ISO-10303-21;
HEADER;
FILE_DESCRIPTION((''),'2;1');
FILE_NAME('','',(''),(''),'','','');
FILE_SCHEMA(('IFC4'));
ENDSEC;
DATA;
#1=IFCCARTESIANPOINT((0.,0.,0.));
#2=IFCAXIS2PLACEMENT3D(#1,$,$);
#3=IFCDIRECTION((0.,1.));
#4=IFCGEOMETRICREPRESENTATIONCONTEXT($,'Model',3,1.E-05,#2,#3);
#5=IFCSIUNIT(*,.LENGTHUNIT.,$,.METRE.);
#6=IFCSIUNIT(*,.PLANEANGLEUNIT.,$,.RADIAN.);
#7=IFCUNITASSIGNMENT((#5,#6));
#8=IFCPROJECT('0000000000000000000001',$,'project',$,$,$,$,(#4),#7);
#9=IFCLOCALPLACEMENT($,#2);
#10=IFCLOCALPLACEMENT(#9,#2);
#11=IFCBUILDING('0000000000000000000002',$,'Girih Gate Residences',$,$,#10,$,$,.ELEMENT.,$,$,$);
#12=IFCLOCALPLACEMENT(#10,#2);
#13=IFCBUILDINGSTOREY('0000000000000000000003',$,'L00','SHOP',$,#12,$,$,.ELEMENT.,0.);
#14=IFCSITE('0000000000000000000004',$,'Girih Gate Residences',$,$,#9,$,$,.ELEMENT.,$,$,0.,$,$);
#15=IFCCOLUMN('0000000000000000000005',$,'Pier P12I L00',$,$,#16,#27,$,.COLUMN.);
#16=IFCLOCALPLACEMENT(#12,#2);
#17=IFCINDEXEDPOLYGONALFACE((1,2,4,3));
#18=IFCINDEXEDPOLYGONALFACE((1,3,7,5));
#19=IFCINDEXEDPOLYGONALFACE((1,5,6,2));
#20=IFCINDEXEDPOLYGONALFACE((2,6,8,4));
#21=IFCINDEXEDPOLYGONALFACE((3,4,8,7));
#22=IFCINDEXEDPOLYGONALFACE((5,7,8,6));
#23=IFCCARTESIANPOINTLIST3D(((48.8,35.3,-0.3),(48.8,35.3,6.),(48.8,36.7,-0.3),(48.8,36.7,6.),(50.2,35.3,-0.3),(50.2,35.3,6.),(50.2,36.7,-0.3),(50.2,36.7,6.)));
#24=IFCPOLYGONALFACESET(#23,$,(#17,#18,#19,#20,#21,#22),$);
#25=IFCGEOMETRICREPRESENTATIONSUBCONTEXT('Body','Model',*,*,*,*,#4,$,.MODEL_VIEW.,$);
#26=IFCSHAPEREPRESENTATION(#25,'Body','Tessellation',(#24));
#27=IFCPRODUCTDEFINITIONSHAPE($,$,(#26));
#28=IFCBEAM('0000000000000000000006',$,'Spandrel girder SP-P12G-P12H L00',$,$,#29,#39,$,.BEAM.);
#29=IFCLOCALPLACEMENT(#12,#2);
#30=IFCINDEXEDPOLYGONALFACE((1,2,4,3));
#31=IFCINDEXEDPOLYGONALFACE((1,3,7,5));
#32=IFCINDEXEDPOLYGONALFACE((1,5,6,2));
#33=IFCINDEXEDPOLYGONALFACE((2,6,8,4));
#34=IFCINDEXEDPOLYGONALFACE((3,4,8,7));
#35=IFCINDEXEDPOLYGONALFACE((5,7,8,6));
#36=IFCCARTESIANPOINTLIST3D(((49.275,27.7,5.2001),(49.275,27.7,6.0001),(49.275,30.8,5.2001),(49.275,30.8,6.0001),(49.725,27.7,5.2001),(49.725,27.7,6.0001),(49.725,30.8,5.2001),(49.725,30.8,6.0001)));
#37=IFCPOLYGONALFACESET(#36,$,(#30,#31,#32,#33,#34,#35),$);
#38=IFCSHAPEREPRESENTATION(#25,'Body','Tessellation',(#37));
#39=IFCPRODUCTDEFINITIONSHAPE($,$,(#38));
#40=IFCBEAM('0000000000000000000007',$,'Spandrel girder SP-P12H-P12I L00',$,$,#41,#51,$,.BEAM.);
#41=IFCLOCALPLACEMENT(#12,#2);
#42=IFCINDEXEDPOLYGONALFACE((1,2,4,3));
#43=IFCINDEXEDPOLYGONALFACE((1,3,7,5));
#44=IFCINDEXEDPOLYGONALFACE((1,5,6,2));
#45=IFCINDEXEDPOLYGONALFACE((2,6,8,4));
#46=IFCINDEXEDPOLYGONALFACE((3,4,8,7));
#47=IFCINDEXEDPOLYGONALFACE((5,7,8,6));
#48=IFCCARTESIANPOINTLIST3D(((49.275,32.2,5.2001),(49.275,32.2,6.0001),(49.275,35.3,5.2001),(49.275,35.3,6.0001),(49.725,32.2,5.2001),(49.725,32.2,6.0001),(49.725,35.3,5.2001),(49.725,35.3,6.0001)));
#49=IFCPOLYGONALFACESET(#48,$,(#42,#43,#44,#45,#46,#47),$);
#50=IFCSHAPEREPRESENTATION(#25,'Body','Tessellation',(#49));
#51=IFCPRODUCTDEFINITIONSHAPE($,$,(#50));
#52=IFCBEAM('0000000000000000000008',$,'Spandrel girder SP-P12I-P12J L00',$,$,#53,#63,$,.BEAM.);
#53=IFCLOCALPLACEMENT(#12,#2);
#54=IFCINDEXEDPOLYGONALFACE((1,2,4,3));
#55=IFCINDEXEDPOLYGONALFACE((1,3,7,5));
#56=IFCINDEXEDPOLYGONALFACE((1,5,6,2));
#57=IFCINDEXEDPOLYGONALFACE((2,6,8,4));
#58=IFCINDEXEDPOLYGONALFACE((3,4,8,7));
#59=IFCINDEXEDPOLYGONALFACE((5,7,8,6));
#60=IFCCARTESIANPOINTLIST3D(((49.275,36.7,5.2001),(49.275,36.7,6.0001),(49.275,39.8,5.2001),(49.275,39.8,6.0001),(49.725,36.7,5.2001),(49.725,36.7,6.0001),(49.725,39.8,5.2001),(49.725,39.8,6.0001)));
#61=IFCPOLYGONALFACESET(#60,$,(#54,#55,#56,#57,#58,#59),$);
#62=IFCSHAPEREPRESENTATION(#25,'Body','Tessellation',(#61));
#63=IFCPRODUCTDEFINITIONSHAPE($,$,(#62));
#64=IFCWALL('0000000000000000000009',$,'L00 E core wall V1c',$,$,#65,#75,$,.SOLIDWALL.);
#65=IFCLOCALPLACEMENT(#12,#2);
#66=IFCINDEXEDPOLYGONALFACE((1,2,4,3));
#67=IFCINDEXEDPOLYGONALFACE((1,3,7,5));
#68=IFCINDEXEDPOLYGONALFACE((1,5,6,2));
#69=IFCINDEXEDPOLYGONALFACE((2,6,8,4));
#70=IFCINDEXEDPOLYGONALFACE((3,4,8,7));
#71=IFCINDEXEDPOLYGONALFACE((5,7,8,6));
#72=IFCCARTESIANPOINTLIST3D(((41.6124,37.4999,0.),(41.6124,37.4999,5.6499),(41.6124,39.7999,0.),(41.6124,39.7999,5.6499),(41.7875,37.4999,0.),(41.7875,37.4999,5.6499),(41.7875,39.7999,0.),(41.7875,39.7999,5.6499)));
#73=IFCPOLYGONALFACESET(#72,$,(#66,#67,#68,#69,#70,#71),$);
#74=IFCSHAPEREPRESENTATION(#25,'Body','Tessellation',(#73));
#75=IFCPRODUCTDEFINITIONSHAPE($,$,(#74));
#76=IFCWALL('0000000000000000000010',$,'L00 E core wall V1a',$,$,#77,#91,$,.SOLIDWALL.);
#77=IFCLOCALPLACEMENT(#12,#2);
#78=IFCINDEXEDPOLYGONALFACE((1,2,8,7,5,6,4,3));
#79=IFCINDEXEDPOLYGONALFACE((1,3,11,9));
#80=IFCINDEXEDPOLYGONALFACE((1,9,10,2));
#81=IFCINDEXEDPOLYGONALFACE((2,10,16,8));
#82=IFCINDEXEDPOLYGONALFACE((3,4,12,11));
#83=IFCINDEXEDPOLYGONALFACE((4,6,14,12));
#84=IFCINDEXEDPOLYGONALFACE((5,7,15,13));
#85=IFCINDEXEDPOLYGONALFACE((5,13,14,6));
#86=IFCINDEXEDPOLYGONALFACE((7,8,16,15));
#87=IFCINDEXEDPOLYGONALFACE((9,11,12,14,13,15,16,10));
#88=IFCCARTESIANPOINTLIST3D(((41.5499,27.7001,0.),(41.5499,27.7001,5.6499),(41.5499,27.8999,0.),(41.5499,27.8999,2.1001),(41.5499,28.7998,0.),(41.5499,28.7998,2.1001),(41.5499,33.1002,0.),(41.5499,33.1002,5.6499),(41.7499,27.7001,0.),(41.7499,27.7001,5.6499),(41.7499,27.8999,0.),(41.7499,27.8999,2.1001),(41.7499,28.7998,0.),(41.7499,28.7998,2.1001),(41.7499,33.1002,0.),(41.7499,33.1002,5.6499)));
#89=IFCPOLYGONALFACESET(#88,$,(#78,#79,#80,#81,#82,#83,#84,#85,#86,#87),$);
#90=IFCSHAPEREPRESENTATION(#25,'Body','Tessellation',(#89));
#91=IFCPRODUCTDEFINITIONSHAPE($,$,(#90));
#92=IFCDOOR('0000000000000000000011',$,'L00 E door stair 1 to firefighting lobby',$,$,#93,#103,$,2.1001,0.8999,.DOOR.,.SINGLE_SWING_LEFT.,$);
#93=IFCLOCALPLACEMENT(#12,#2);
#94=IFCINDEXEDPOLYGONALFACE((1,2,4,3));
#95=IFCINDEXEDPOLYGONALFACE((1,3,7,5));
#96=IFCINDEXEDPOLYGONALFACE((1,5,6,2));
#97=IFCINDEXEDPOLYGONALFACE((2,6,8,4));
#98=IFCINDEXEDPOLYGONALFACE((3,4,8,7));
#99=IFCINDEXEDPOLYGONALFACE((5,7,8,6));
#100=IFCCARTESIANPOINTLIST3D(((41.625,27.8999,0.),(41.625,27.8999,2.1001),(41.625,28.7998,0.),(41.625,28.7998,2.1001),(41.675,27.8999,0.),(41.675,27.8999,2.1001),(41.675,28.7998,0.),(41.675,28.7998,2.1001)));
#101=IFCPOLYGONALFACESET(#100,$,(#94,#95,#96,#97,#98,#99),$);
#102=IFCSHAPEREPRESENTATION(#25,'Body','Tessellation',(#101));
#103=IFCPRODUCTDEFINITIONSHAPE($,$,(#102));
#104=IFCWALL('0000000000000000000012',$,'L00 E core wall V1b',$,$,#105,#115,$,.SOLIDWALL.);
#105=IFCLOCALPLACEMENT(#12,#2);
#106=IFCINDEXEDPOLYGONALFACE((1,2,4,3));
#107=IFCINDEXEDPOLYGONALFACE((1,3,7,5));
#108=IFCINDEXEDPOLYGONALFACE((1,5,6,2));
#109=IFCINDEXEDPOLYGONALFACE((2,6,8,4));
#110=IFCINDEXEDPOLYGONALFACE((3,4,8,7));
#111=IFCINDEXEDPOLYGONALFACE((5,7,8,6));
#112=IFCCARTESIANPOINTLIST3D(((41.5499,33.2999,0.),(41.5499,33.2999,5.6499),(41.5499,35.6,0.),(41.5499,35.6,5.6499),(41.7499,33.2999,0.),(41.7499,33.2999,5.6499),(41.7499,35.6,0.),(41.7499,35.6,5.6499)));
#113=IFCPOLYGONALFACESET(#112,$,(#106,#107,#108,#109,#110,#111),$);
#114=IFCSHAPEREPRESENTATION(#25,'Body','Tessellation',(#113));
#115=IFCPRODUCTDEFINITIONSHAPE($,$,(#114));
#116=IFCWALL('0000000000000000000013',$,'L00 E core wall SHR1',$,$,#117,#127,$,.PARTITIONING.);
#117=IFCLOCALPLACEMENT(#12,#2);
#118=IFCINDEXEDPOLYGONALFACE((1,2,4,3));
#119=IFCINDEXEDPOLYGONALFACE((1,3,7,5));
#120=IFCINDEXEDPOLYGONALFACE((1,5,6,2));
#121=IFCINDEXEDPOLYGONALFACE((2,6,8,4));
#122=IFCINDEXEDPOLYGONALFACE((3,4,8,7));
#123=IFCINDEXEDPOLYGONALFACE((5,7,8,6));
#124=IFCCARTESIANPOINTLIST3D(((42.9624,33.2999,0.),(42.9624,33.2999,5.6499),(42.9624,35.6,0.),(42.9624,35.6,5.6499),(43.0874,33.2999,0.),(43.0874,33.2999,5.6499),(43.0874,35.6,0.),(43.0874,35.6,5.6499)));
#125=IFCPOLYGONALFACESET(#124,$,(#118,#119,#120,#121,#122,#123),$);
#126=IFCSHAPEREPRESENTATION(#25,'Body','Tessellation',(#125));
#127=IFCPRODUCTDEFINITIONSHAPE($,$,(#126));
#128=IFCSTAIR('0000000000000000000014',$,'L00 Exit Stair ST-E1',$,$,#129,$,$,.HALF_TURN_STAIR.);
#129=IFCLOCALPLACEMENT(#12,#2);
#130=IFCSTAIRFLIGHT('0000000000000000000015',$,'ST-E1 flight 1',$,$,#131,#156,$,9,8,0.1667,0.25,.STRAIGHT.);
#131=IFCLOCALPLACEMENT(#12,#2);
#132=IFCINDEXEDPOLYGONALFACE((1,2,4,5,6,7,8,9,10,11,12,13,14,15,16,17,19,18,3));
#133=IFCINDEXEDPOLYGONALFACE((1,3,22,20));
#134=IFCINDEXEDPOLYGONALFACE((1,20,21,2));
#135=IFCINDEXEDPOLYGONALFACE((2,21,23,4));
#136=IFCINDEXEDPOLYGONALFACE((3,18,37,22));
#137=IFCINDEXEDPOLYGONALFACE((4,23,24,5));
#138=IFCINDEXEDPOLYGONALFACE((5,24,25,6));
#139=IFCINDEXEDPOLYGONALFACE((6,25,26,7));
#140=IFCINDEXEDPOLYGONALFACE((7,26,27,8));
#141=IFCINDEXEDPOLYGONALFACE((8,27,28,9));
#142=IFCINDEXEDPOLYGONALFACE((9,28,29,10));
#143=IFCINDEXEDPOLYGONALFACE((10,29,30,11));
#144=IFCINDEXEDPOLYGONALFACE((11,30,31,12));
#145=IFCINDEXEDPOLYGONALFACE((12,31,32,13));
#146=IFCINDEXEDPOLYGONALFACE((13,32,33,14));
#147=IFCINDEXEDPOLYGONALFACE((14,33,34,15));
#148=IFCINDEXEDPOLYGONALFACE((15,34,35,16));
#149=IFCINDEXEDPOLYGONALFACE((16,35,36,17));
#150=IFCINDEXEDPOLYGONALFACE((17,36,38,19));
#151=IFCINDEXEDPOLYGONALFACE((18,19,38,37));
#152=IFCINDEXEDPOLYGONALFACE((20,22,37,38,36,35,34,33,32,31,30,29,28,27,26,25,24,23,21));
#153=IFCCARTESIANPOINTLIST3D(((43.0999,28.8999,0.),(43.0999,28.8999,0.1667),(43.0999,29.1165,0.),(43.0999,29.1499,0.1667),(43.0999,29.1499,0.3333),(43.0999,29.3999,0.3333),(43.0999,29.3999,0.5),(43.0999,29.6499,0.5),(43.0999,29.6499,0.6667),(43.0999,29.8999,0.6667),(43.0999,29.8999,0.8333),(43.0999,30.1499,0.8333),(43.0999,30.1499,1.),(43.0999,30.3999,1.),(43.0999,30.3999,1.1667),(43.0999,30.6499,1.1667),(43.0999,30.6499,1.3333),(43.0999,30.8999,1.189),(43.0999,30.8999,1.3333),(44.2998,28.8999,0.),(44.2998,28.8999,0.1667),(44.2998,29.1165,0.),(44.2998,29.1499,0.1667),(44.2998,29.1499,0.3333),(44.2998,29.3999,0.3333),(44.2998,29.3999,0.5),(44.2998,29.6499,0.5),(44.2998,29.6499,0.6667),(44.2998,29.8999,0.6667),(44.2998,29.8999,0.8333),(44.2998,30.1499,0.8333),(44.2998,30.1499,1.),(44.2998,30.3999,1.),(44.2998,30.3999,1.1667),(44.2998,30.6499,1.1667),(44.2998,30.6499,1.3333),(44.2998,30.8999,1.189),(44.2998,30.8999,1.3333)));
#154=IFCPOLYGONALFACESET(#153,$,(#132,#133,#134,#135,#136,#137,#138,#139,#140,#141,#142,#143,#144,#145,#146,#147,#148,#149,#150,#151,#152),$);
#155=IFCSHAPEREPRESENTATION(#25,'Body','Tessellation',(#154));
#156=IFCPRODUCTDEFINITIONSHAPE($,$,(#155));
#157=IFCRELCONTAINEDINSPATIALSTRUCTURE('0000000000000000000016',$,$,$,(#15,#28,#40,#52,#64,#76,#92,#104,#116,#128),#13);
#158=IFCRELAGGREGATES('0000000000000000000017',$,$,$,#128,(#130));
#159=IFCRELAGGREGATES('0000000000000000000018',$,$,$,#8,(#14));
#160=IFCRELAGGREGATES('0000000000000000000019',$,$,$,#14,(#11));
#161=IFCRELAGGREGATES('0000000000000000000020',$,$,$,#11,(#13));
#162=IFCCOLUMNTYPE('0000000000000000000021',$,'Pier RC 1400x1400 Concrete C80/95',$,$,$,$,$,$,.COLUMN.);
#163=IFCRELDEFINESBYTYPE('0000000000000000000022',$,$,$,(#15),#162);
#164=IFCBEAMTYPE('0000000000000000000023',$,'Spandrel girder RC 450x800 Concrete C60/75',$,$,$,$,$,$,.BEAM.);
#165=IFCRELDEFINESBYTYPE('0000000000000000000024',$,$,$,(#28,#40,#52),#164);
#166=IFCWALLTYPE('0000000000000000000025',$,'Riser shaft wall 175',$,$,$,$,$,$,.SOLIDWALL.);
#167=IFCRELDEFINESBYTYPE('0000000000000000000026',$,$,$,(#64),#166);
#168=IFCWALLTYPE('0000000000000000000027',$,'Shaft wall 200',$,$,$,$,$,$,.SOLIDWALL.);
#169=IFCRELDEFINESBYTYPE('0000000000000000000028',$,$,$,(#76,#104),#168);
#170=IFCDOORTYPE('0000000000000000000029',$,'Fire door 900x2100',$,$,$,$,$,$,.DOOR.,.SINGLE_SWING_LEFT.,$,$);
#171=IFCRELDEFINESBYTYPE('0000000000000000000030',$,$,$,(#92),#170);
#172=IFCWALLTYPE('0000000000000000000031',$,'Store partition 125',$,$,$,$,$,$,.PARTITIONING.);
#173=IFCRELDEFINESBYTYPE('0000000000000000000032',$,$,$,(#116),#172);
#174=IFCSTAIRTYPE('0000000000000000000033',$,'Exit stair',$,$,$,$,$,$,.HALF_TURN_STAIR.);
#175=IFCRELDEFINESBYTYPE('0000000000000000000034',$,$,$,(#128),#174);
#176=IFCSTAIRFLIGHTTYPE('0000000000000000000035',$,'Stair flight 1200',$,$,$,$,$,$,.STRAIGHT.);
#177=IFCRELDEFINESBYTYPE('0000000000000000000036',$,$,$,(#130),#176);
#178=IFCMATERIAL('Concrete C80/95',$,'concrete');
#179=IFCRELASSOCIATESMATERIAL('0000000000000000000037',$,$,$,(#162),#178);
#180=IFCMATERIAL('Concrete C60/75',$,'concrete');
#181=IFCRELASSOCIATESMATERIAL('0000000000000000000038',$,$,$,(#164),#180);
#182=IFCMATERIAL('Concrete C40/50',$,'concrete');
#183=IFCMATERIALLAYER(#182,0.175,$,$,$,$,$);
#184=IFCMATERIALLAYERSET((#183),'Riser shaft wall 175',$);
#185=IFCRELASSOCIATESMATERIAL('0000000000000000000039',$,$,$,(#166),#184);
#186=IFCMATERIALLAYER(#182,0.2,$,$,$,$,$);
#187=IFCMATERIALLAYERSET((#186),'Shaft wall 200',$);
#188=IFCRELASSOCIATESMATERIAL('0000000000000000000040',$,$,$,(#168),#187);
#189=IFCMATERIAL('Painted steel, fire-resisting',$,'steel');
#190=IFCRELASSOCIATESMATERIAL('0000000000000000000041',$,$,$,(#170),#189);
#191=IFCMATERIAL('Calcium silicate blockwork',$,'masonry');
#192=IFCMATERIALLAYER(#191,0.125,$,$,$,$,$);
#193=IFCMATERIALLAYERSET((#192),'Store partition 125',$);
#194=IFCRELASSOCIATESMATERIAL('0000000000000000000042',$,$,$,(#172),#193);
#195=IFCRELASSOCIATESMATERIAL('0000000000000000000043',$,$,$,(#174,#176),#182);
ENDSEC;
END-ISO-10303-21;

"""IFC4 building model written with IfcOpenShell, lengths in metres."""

from ifc_helpers import new_model, si_unit, direction, frame, frame_2d, origin, origin_2d, place, context, subcontext, project, spatial, polyline, rectangle, outline, extrude, material, layer, layer_set, material_profile, profile_set, type_object, element, fill, aggregate, save


model = new_model("IFC4")

# Units and contexts
model_context = context("Model", 3, precision=1e-05, world=origin(), true_north=direction((0.0, 1.0)))
body_context = subcontext(model_context, "Body", "Model", "MODEL_VIEW")
ifc_project = project(units=[si_unit("LENGTHUNIT", "METRE"), si_unit("PLANEANGLEUNIT", "RADIAN")], contexts=[model_context])

# Site, building, storey
site_placement = place(None, origin())
site = spatial("IfcSite", under=ifc_project, at=site_placement, Name="Girih Gate Residences", CompositionType="ELEMENT", RefElevation=0.0)
building_placement = place(site_placement, origin())
building = spatial("IfcBuilding", under=site, at=building_placement, Name="Girih Gate Residences", CompositionType="ELEMENT")
storey_placement = place(building_placement, origin())
storey = spatial("IfcBuildingStorey", under=building, at=storey_placement, Name="L00", Description="SHOP", CompositionType="ELEMENT", Elevation=0.0)

# Column
ifc_material_1 = material(Name="Concrete C80/95", Category="concrete")
ifc_material_profile_1 = material_profile(ifc_material_1, rectangle(XDim=1.3999, YDim=1.3999, at=origin_2d()))
ifc_profile_set_1 = profile_set([ifc_material_profile_1], Name="Concrete C80/95")
column_type = type_object("IfcColumnType", Name="Pier RC 1400x1400 Concrete C80/95", PredefinedType="COLUMN", material=ifc_profile_set_1)
for number, where, z_axis, x_axis, name in (
    (1, (49.5, 36.0, -0.3), (0.0, 0.0, 1.0), (1.0, 0.0, 0.0), "Pier P12I L00"),
):
    element("IfcColumn", number, at=place(storey_placement, frame(where, z_axis=z_axis, x_axis=x_axis)), inside=storey, type_object=column_type, Name=name, PredefinedType="COLUMN", context=body_context, shape_type="SweptSolid", body=[
        extrude(rectangle(XDim=1.3999, YDim=1.3999, at=origin_2d()), origin(), (0.0, 0.0, 1.0), 6.3),
    ])

# Beams
ifc_material_2 = material(Name="Concrete C60/75", Category="concrete")
ifc_material_profile_2 = material_profile(ifc_material_2, rectangle(XDim=0.45, YDim=0.8, at=origin_2d()))
ifc_profile_set_2 = profile_set([ifc_material_profile_2], Name="Concrete C60/75")
beam_type = type_object("IfcBeamType", Name="Spandrel girder RC 450x800 Concrete C60/75", PredefinedType="BEAM", material=ifc_profile_set_2)
for number, where, z_axis, x_axis, name in (
    (2, (49.5, 27.7, 5.6001), (0.0, 1.0, 0.0), (-1.0, 0.0, 0.0), "Spandrel girder SP-P12G-P12H L00"),
    (3, (49.5, 32.2, 5.6001), (0.0, 1.0, 0.0), (-1.0, 0.0, 0.0), "Spandrel girder SP-P12H-P12I L00"),
    (4, (49.5, 36.7, 5.6001), (0.0, 1.0, 0.0), (-1.0, 0.0, 0.0), "Spandrel girder SP-P12I-P12J L00"),
):
    element("IfcBeam", number, at=place(storey_placement, frame(where, z_axis=z_axis, x_axis=x_axis)), inside=storey, type_object=beam_type, Name=name, PredefinedType="BEAM", context=body_context, shape_type="SweptSolid", body=[
        extrude(rectangle(XDim=0.45, YDim=0.8, at=origin_2d()), origin(), (0.0, 0.0, 1.0), 3.1001),
    ])

# Wall
ifc_material_3 = material(Name="Concrete C40/50", Category="concrete")
ifc_layer_1 = layer(ifc_material_3, 0.175)
ifc_layer_set_1 = layer_set([ifc_layer_1], Name="Riser shaft wall 175")
wall_type_1 = type_object("IfcWallType", Name="Riser shaft wall 175", PredefinedType="SOLIDWALL", material=ifc_layer_set_1)
wall_1_placement = place(storey_placement, frame((41.7, 37.5, 0.0), z_axis=(0.0, 0.0, 1.0), x_axis=(0.0, 1.0, 0.0)))
element("IfcWall", 5, at=wall_1_placement, inside=storey, type_object=wall_type_1, Name="L00 E core wall V1c", PredefinedType="SOLIDWALL", context=body_context, shape_type="SweptSolid", body=[
    extrude(rectangle(XDim=2.3, YDim=0.175, at=frame_2d((1.1499, 0.0))), origin(), (0.0, 0.0, 1.0), 5.6499),
])

# Wall, opening, door
ifc_layer_2 = layer(ifc_material_3, 0.2)
ifc_layer_set_2 = layer_set([ifc_layer_2], Name="Shaft wall 200")
wall_type_2 = type_object("IfcWallType", Name="Shaft wall 200", PredefinedType="SOLIDWALL", material=ifc_layer_set_2)
wall_2_placement = place(storey_placement, frame((41.6499, 27.7, 0.0), z_axis=(0.0, 0.0, 1.0), x_axis=(0.0, 1.0, 0.0)))
wall_2 = element("IfcWall", 6, at=wall_2_placement, inside=storey, type_object=wall_type_2, Name="L00 E core wall V1a", PredefinedType="SOLIDWALL", context=body_context, shape_type="SweptSolid", body=[
    extrude(rectangle(XDim=5.4001, YDim=0.2, at=frame_2d((2.7002, 0.0))), origin(), (0.0, 0.0, 1.0), 5.6499),
])
opening_placement = place(wall_2_placement, frame((0.2, 0.0, 0.0)))
opening = element("IfcOpeningElement", 7, at=opening_placement, cuts=wall_2, PredefinedType="OPENING", context=body_context, shape_type="SweptSolid", body=[
    extrude(rectangle(XDim=0.8999, YDim=2.1001, at=frame_2d((0.45, 1.05))), frame((0.0, 0.1099, 0.0), z_axis=(0.0, -1.0, 0.0), x_axis=(1.0, 0.0, 0.0)), (0.0, 0.0, 1.0), 0.22),
])
ifc_material_4 = material(Name="Painted steel, fire-resisting", Category="steel")
door_type = type_object("IfcDoorType", Name="Fire door 900x2100", OperationType="SINGLE_SWING_LEFT", PredefinedType="DOOR", material=ifc_material_4)
door_placement = place(opening_placement, origin())
door = element("IfcDoor", 8, at=door_placement, inside=storey, type_object=door_type, Name="L00 E door stair 1 to firefighting lobby", OperationType="SINGLE_SWING_LEFT", OverallHeight=2.1001, OverallWidth=0.8999, PredefinedType="DOOR", context=body_context, shape_type="SweptSolid", body=[
    extrude(rectangle(XDim=0.8999, YDim=2.1001, at=frame_2d((0.45, 1.05))), frame((0.0, 0.0249, 0.0), z_axis=(0.0, -1.0, 0.0), x_axis=(1.0, 0.0, 0.0)), (0.0, 0.0, 1.0), 0.05),
])
fill(opening, door)

# Walls
wall_3_placement = place(storey_placement, frame((41.6499, 33.3, 0.0), z_axis=(0.0, 0.0, 1.0), x_axis=(0.0, 1.0, 0.0)))
element("IfcWall", 9, at=wall_3_placement, inside=storey, type_object=wall_type_2, Name="L00 E core wall V1b", PredefinedType="SOLIDWALL", context=body_context, shape_type="SweptSolid", body=[
    extrude(rectangle(XDim=2.3, YDim=0.2, at=frame_2d((1.1499, 0.0))), origin(), (0.0, 0.0, 1.0), 5.6499),
])
ifc_material_5 = material(Name="Calcium silicate blockwork", Category="masonry")
ifc_layer_3 = layer(ifc_material_5, 0.125)
ifc_layer_set_3 = layer_set([ifc_layer_3], Name="Store partition 125")
wall_type_3 = type_object("IfcWallType", Name="Store partition 125", PredefinedType="PARTITIONING", material=ifc_layer_set_3)
wall_4_placement = place(storey_placement, frame((43.0249, 33.3, 0.0), z_axis=(0.0, 0.0, 1.0), x_axis=(0.0, 1.0, 0.0)))
element("IfcWall", 10, at=wall_4_placement, inside=storey, type_object=wall_type_3, Name="L00 E core wall SHR1", PredefinedType="PARTITIONING", context=body_context, shape_type="SweptSolid", body=[
    extrude(rectangle(XDim=2.3, YDim=0.125, at=frame_2d((1.1499, 0.0))), origin(), (0.0, 0.0, 1.0), 5.6499),
])

# Stair, stair flight
stair_type = type_object("IfcStairType", Name="Exit stair", PredefinedType="HALF_TURN_STAIR", material=ifc_material_3)
stair_placement = place(storey_placement, origin())
stair = element("IfcStair", 11, at=stair_placement, inside=storey, type_object=stair_type, Name="L00 Exit Stair ST-E1", PredefinedType="HALF_TURN_STAIR")
stair_flight_type = type_object("IfcStairFlightType", Name="Stair flight 1200", PredefinedType="STRAIGHT", material=ifc_material_3)
stair_flight_1_placement = place(storey_placement, frame((43.7, 28.8999, 0.0), z_axis=(0.0, 0.0, 1.0), x_axis=(0.0, 1.0, 0.0)))
stair_flight_1 = element("IfcStairFlight", 12, at=stair_flight_1_placement, type_object=stair_flight_type, Name="ST-E1 flight 1", NumberOfRisers=9, NumberOfTreads=8, PredefinedType="STRAIGHT", RiserHeight=0.1667, TreadLength=0.25, context=body_context, shape_type="SweptSolid", body=[
    extrude(outline(polyline([(0.0, 0.0), (0.0, 0.1667), (0.25, 0.1667), (0.25, 0.3333), (0.5, 0.3333), (0.5, 0.5), (0.75, 0.5), (0.75, 0.6667), (1.0, 0.6667), (1.0, 0.8333), (1.25, 0.8333), (1.25, 1.0), (1.5, 1.0), (1.5, 1.1667), (1.75, 1.1667), (1.75, 1.3333), (2.0, 1.3333), (2.0, 1.5), (2.0, 1.189), (0.2166, 0.0), (0.0, 0.0)])), frame((0.0, 0.6001, 0.0), z_axis=(0.0, -1.0, 0.0), x_axis=(1.0, 0.0, 0.0)), (0.0, 0.0, 1.0), 1.2),
])
aggregate(stair, [stair_flight_1])

save(model, "model.ifc")
